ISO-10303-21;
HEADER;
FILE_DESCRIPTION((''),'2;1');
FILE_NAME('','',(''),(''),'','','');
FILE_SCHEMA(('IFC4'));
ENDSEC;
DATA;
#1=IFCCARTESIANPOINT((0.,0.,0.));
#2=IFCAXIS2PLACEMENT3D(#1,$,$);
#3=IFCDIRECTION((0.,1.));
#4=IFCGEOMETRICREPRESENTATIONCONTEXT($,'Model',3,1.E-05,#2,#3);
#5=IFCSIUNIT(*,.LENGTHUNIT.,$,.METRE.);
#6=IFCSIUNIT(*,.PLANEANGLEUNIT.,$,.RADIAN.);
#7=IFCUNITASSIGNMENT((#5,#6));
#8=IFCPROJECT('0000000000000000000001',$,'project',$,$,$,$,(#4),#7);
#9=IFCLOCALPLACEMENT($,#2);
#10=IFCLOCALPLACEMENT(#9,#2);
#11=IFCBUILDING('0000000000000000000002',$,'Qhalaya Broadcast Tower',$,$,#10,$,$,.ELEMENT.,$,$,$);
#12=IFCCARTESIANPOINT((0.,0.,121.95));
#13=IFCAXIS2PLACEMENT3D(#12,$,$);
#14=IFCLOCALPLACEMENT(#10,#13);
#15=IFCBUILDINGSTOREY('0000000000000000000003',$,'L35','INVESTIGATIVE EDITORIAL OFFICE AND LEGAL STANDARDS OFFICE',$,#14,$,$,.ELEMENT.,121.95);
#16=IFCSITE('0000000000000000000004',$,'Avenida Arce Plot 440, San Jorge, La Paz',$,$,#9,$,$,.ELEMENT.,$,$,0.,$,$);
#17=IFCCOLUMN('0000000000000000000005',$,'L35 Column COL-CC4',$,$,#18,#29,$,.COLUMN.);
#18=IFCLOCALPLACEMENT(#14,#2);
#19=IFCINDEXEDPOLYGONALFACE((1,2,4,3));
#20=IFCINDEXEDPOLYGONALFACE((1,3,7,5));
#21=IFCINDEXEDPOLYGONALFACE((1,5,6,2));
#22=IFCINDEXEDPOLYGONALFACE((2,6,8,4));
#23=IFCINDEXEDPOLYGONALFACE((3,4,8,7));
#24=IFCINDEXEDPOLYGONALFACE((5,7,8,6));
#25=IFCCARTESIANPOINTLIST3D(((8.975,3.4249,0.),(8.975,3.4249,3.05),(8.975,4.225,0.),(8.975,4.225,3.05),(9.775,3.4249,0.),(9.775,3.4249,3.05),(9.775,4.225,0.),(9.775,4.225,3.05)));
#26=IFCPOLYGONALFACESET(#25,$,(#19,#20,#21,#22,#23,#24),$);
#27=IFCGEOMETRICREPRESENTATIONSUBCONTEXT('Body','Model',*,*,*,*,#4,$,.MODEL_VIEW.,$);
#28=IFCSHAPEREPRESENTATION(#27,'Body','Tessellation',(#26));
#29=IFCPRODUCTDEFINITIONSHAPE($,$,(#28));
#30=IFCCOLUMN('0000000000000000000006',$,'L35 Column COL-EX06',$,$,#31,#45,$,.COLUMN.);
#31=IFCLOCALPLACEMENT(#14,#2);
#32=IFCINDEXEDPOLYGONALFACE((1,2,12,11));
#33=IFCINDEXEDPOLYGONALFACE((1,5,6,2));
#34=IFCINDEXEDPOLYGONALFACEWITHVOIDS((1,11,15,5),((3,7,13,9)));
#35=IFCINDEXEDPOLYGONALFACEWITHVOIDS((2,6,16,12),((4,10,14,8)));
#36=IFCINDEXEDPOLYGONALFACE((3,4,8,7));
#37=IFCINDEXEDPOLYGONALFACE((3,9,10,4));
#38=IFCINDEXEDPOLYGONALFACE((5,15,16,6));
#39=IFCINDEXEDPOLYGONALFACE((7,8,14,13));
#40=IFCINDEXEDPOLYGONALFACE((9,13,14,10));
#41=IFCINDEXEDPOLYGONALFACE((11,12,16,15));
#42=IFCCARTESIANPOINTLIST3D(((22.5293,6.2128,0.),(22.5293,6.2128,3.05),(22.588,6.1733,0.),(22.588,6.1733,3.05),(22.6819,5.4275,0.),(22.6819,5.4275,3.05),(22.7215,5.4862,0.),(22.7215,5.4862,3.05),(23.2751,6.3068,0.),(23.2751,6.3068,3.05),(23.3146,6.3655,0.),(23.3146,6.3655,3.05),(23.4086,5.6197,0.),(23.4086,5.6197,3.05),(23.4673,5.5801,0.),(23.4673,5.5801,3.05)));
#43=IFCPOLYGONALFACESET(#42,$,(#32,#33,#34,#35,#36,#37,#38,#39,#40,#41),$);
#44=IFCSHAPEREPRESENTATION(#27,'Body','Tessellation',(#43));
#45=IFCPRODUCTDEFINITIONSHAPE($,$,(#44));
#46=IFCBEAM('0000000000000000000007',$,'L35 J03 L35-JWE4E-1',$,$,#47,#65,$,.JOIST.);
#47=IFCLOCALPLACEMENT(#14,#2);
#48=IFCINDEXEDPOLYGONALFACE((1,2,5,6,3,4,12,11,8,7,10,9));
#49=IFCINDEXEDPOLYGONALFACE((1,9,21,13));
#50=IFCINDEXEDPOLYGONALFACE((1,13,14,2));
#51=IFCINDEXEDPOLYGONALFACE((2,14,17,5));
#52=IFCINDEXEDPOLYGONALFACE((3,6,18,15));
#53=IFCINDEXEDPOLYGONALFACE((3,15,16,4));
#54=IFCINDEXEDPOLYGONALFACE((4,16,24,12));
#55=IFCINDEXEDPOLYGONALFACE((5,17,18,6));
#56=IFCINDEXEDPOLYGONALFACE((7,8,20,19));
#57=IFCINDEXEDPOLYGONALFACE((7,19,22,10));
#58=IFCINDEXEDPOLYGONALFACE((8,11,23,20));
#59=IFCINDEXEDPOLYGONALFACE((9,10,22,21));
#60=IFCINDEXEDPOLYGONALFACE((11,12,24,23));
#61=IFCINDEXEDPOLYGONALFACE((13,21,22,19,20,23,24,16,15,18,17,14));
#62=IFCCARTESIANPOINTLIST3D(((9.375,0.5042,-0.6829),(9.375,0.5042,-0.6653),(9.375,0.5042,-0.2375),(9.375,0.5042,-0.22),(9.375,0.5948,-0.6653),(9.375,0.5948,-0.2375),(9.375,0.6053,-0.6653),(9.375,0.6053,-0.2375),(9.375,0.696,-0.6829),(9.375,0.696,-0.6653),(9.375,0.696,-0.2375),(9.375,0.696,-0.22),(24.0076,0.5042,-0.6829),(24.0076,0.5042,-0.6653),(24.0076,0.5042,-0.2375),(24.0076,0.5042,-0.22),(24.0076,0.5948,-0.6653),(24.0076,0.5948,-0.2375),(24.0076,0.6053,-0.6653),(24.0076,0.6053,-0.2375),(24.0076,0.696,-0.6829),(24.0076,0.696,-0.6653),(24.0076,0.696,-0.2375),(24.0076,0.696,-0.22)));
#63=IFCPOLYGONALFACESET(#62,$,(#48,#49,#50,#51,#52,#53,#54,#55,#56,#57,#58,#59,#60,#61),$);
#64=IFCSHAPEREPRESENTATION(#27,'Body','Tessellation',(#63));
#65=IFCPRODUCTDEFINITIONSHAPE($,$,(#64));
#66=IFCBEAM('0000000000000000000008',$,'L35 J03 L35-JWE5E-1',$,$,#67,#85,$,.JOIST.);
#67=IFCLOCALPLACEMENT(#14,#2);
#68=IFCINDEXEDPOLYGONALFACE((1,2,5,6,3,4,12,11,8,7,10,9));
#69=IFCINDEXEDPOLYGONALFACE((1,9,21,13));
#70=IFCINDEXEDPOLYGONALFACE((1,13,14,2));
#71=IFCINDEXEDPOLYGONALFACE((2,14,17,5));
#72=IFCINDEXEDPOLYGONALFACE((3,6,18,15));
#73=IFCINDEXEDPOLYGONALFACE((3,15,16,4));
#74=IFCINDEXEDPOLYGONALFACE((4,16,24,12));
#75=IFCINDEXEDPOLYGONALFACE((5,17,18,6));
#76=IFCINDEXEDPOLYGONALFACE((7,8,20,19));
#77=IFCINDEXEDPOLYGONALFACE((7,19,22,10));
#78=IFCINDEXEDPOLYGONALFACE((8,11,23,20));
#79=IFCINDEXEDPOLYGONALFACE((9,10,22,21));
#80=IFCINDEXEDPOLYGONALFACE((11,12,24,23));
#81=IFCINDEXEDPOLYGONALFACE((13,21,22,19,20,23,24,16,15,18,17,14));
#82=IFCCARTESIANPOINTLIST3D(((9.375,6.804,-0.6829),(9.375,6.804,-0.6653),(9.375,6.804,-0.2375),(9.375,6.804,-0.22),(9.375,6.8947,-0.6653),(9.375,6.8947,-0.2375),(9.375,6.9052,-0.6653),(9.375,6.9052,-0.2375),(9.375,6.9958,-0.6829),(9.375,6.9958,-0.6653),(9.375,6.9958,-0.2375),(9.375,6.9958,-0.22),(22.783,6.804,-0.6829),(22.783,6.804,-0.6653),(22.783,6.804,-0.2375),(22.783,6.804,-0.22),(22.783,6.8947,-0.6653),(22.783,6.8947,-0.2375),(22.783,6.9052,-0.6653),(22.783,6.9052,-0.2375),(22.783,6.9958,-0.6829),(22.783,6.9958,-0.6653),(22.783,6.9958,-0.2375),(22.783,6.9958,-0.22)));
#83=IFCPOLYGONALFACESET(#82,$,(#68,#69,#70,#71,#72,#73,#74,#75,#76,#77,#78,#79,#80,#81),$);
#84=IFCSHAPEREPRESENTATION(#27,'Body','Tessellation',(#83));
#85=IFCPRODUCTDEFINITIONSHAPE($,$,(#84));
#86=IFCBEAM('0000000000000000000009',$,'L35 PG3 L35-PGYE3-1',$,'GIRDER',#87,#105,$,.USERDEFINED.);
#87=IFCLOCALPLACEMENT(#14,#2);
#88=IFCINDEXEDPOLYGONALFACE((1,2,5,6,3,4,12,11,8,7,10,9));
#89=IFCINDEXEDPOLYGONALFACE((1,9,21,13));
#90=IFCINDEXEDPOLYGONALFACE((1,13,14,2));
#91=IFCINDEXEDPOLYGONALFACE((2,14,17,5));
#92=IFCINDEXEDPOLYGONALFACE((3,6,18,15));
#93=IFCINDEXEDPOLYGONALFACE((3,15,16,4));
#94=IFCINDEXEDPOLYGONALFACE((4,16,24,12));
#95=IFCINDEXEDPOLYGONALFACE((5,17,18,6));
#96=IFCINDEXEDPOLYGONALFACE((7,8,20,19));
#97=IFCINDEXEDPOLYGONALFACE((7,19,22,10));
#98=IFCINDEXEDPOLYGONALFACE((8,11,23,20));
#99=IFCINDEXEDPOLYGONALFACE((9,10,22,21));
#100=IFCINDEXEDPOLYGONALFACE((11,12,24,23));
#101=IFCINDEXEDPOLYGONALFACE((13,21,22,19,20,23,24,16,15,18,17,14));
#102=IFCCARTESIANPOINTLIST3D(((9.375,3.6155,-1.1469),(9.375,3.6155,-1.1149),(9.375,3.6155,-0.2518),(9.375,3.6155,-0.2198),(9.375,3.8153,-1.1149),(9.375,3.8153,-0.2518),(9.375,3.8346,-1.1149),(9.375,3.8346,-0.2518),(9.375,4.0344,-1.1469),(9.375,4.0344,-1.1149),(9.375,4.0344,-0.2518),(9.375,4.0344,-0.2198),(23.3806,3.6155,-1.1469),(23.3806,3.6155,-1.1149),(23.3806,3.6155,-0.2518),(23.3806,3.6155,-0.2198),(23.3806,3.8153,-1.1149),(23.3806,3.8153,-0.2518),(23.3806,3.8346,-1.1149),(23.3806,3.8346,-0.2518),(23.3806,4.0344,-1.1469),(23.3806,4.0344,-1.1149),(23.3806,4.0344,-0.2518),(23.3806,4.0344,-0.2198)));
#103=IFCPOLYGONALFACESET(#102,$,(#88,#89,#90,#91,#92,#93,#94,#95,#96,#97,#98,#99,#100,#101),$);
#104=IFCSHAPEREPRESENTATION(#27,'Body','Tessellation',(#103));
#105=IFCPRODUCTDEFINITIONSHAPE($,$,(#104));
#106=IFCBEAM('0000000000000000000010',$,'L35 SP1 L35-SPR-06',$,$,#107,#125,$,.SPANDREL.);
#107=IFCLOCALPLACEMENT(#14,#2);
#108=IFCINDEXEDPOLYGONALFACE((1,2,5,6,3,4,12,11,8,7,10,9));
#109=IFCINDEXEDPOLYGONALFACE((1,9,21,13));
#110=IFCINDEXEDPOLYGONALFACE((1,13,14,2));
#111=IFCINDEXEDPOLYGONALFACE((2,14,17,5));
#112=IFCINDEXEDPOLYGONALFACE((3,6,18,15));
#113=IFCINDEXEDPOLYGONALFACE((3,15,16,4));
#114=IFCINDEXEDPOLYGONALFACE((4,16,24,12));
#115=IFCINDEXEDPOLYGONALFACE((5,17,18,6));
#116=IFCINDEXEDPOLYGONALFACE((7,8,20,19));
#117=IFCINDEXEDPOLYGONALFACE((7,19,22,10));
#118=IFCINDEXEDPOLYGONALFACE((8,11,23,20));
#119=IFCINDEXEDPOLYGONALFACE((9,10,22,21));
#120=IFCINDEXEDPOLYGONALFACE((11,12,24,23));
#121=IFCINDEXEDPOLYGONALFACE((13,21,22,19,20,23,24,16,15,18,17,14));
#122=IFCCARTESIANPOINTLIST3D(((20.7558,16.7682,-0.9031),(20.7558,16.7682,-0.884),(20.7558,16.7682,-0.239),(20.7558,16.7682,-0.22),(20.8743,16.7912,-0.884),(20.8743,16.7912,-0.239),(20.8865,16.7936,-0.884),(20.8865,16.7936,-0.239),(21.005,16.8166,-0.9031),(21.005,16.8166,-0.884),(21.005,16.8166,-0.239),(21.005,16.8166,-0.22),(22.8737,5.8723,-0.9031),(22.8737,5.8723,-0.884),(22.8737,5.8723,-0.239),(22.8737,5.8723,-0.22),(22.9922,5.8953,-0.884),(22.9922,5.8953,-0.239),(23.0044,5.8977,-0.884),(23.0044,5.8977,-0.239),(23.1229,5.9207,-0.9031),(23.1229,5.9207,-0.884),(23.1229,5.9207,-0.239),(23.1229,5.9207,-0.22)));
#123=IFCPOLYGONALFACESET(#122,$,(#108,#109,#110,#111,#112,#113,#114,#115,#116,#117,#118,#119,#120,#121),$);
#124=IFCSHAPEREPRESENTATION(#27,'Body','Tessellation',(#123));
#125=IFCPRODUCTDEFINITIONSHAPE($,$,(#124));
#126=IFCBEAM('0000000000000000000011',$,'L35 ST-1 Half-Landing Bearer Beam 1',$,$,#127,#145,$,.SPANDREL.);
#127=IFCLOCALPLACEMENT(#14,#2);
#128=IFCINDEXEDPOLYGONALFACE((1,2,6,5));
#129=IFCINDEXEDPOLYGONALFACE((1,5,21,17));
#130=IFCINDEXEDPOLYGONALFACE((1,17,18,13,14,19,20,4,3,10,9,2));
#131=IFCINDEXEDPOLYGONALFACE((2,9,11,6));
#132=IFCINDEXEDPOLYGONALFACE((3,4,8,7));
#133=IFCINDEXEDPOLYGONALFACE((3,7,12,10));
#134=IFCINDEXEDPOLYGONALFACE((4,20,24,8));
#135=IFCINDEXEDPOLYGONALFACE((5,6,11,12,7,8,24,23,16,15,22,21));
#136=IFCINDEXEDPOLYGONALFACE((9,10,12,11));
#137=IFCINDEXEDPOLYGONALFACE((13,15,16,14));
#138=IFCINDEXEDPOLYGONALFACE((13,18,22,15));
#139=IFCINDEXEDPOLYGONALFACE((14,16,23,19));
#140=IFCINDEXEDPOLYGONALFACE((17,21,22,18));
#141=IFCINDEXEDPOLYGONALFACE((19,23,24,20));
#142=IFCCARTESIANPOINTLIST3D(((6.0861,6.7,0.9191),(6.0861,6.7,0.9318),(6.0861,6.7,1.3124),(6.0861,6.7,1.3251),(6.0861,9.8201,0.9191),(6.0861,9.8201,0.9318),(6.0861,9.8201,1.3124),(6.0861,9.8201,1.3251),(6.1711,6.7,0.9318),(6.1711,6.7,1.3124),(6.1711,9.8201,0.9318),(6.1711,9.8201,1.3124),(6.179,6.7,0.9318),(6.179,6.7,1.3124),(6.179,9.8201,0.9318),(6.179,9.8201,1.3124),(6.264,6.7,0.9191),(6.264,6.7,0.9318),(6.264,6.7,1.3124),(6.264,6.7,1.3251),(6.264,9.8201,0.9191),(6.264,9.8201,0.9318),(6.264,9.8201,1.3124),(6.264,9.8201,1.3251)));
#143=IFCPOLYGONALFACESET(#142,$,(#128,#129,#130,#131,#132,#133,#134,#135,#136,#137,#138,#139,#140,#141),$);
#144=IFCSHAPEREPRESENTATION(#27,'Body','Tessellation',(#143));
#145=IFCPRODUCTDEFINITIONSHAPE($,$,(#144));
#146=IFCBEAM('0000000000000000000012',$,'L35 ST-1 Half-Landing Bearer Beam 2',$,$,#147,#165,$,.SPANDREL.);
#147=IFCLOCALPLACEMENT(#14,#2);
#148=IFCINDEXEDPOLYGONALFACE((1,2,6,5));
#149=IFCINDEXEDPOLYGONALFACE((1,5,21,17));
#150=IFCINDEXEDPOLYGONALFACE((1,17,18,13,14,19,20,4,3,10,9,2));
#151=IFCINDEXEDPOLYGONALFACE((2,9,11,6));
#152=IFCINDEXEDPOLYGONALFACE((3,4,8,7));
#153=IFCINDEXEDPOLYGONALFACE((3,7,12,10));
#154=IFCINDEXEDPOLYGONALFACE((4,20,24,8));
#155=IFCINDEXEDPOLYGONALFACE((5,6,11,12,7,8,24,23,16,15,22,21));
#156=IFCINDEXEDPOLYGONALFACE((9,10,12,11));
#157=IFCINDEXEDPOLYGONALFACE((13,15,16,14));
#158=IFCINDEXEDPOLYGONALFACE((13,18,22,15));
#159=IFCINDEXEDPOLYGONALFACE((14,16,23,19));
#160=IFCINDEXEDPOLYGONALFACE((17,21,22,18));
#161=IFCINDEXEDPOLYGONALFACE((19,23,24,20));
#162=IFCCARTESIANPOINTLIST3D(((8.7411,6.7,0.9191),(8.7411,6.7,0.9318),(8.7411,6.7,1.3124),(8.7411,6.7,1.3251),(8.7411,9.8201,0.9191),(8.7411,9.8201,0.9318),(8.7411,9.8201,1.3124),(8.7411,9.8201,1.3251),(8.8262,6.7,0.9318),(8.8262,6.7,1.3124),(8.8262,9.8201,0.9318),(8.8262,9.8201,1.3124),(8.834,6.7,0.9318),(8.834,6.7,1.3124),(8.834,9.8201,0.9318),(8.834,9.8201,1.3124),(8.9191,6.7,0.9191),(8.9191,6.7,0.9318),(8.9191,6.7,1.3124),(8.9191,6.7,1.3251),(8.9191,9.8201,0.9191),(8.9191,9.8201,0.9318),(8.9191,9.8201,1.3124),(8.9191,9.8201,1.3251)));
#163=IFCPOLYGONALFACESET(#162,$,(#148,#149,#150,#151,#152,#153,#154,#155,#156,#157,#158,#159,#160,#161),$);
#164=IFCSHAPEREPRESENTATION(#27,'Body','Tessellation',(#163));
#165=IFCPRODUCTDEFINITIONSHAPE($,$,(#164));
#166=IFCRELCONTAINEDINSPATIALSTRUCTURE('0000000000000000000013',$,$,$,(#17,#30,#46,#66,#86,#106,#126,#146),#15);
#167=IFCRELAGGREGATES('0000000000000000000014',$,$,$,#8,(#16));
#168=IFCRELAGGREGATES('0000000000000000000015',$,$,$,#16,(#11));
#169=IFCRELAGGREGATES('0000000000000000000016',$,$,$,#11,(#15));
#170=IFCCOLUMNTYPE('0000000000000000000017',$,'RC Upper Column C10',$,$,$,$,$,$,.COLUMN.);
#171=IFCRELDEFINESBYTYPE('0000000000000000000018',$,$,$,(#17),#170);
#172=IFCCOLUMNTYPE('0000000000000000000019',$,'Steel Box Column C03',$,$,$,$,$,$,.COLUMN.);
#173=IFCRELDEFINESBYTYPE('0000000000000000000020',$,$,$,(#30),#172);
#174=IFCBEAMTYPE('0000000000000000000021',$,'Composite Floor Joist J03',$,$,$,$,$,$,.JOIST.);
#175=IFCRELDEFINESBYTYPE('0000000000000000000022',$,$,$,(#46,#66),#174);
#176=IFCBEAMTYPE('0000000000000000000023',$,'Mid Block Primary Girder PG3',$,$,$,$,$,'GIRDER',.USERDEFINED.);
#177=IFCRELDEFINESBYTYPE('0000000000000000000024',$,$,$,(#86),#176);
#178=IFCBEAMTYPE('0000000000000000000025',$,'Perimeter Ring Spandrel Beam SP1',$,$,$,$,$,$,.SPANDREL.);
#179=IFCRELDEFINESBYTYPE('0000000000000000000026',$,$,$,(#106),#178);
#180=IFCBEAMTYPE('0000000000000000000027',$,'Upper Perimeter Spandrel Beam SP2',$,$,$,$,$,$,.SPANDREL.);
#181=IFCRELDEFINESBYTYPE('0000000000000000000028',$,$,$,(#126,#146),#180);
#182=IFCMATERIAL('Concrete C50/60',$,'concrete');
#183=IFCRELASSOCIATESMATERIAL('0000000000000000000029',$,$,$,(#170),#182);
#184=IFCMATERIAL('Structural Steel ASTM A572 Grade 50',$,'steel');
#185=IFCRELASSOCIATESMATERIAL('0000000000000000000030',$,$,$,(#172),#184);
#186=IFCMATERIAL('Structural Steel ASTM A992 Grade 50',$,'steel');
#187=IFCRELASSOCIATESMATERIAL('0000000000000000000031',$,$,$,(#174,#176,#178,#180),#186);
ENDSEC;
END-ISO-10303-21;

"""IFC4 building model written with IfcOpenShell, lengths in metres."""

from ifc_helpers import new_model, si_unit, direction, frame, origin, origin_2d, place, context, subcontext, project, spatial, rectangle, hollow_rectangle, i_section, extrude, material, material_profile, profile_set, type_object, element, save


model = new_model("IFC4")

# Units and contexts
model_context = context("Model", 3, precision=1e-05, world=origin(), true_north=direction((0.0, 1.0)))
body_context = subcontext(model_context, "Body", "Model", "MODEL_VIEW")
ifc_project = project(units=[si_unit("LENGTHUNIT", "METRE"), si_unit("PLANEANGLEUNIT", "RADIAN")], contexts=[model_context])

# Site, building, storey
site_placement = place(None, origin())
site = spatial("IfcSite", under=ifc_project, at=site_placement, Name="Avenida Arce Plot 440, San Jorge, La Paz", CompositionType="ELEMENT", RefElevation=0.0)
building_placement = place(site_placement, origin())
building = spatial("IfcBuilding", under=site, at=building_placement, Name="Qhalaya Broadcast Tower", CompositionType="ELEMENT")
storey_placement = place(building_placement, frame((0.0, 0.0, 121.95)))
storey = spatial("IfcBuildingStorey", under=building, at=storey_placement, Name="L35", Description="INVESTIGATIVE EDITORIAL OFFICE AND LEGAL STANDARDS OFFICE", CompositionType="ELEMENT", Elevation=121.95)

# Columns
ifc_material_1 = material(Name="Concrete C50/60", Category="concrete")
ifc_material_profile_1 = material_profile(ifc_material_1, rectangle(XDim=0.8, YDim=0.8, at=origin_2d()), Name="RC-COL 800x800")
ifc_profile_set_1 = profile_set([ifc_material_profile_1], Name="Concrete C50/60")
column_type_1 = type_object("IfcColumnType", Name="RC Upper Column C10", PredefinedType="COLUMN", material=ifc_profile_set_1)
column_1_placement = place(storey_placement, frame((9.375, 3.825, 0.0), z_axis=(0.0, 0.0, 1.0), x_axis=(1.0, 0.0, 0.0)))
element("IfcColumn", 1, at=column_1_placement, inside=storey, type_object=column_type_1, Name="L35 Column COL-CC4", PredefinedType="COLUMN", context=body_context, shape_type="SweptSolid", body=[
    extrude(rectangle(XDim=0.8, YDim=0.8, at=origin_2d()), origin(), (0.0, 0.0, 1.0), 3.05),
])
ifc_material_2 = material(Name="Structural Steel ASTM A572 Grade 50", Category="steel")
ifc_material_profile_2 = material_profile(ifc_material_2, hollow_rectangle(XDim=0.8, YDim=0.8, WallThickness=0.05, at=origin_2d()), Name="BOX 800x800x50")
ifc_profile_set_2 = profile_set([ifc_material_profile_2], Name="Structural Steel ASTM A572 Grade 50")
column_type_2 = type_object("IfcColumnType", Name="Steel Box Column C03", PredefinedType="COLUMN", material=ifc_profile_set_2)
column_2_placement = place(storey_placement, frame((22.9983, 5.8965, 0.0), z_axis=(0.0, 0.0, 1.0), x_axis=(-0.190809, 0.981627, 0.0)))
element("IfcColumn", 2, at=column_2_placement, inside=storey, type_object=column_type_2, Name="L35 Column COL-EX06", PredefinedType="COLUMN", context=body_context, shape_type="SweptSolid", body=[
    extrude(hollow_rectangle(XDim=0.8, YDim=0.8, WallThickness=0.05, at=origin_2d()), origin(), (0.0, 0.0, 1.0), 3.05),
])

# Beams
ifc_material_3 = material(Name="Structural Steel ASTM A992 Grade 50", Category="steel")
ifc_material_profile_3 = material_profile(ifc_material_3, i_section(OverallWidth=0.1919, OverallDepth=0.4629, WebThickness=0.0105, FlangeThickness=0.0176, at=origin_2d()), Name="W18X60")
ifc_profile_set_3 = profile_set([ifc_material_profile_3], Name="Structural Steel ASTM A992 Grade 50")
beam_type_1 = type_object("IfcBeamType", Name="Composite Floor Joist J03", PredefinedType="JOIST", material=ifc_profile_set_3)
beam_1_placement = place(storey_placement, frame((9.375, 0.6001, -0.4514), z_axis=(1.0, 0.0, 0.0), x_axis=(0.0, 1.0, 0.0)))
element("IfcBeam", 3, at=beam_1_placement, inside=storey, type_object=beam_type_1, Name="L35 J03 L35-JWE4E-1", PredefinedType="JOIST", context=body_context, shape_type="SweptSolid", body=[
    extrude(i_section(OverallWidth=0.1919, OverallDepth=0.4629, WebThickness=0.0105, FlangeThickness=0.0176, at=origin_2d()), origin(), (0.0, 0.0, 1.0), 14.6326),
])
beam_2_placement = place(storey_placement, frame((9.375, 6.8999, -0.4514), z_axis=(1.0, 0.0, 0.0), x_axis=(0.0, 1.0, 0.0)))
element("IfcBeam", 4, at=beam_2_placement, inside=storey, type_object=beam_type_1, Name="L35 J03 L35-JWE5E-1", PredefinedType="JOIST", context=body_context, shape_type="SweptSolid", body=[
    extrude(i_section(OverallWidth=0.1919, OverallDepth=0.4629, WebThickness=0.0105, FlangeThickness=0.0176, at=origin_2d()), origin(), (0.0, 0.0, 1.0), 13.408),
])
ifc_material_profile_4 = material_profile(ifc_material_3, i_section(OverallWidth=0.4189, OverallDepth=0.927, WebThickness=0.0193, FlangeThickness=0.032, at=origin_2d()), Name="W36X231")
ifc_profile_set_4 = profile_set([ifc_material_profile_4], Name="Structural Steel ASTM A992 Grade 50")
beam_type_2 = type_object("IfcBeamType", Name="Mid Block Primary Girder PG3", ElementType="GIRDER", PredefinedType="USERDEFINED", material=ifc_profile_set_4)
beam_3_placement = place(storey_placement, frame((9.375, 3.825, -0.6833), z_axis=(1.0, 0.0, 0.0), x_axis=(0.0, 1.0, 0.0)))
element("IfcBeam", 5, at=beam_3_placement, inside=storey, type_object=beam_type_2, Name="L35 PG3 L35-PGYE3-1", ObjectType="GIRDER", PredefinedType="USERDEFINED", context=body_context, shape_type="SweptSolid", body=[
    extrude(i_section(OverallWidth=0.4189, OverallDepth=0.927, WebThickness=0.0193, FlangeThickness=0.032, at=origin_2d()), origin(), (0.0, 0.0, 1.0), 14.0056),
])
ifc_material_profile_5 = material_profile(ifc_material_3, i_section(OverallWidth=0.2539, OverallDepth=0.6831, WebThickness=0.0125, FlangeThickness=0.019, at=origin_2d()), Name="W27X94")
ifc_profile_set_5 = profile_set([ifc_material_profile_5], Name="Structural Steel ASTM A992 Grade 50")
beam_type_3 = type_object("IfcBeamType", Name="Perimeter Ring Spandrel Beam SP1", PredefinedType="SPANDREL", material=ifc_profile_set_5)
beam_4_placement = place(storey_placement, frame((22.9983, 5.8965, -0.5615), z_axis=(-0.190805, 0.981628, 0.0), x_axis=(-0.981628, -0.190805, 0.0)))
element("IfcBeam", 6, at=beam_4_placement, inside=storey, type_object=beam_type_3, Name="L35 SP1 L35-SPR-06", PredefinedType="SPANDREL", context=body_context, shape_type="SweptSolid", body=[
    extrude(i_section(OverallWidth=0.2539, OverallDepth=0.6831, WebThickness=0.0125, FlangeThickness=0.019, at=origin_2d()), origin(), (0.0, 0.0, 1.0), 11.0999),
])
ifc_material_profile_6 = material_profile(ifc_material_3, i_section(OverallWidth=0.178, OverallDepth=0.406, WebThickness=0.0078, FlangeThickness=0.0127, at=origin_2d()), Name="W16X40")
ifc_profile_set_6 = profile_set([ifc_material_profile_6], Name="Structural Steel ASTM A992 Grade 50")
beam_type_4 = type_object("IfcBeamType", Name="Upper Perimeter Spandrel Beam SP2", PredefinedType="SPANDREL", material=ifc_profile_set_6)
for number, where, z_axis, x_axis, name in (
    (7, (6.175, 6.7, 1.1221), (0.0, 1.0, 0.0), (-1.0, 0.0, 0.0), "L35 ST-1 Half-Landing Bearer Beam 1"),
    (8, (8.8301, 6.7, 1.1221), (0.0, 1.0, 0.0), (-1.0, 0.0, 0.0), "L35 ST-1 Half-Landing Bearer Beam 2"),
):
    element("IfcBeam", number, at=place(storey_placement, frame(where, z_axis=z_axis, x_axis=x_axis)), inside=storey, type_object=beam_type_4, Name=name, PredefinedType="SPANDREL", context=body_context, shape_type="SweptSolid", body=[
        extrude(i_section(OverallWidth=0.178, OverallDepth=0.406, WebThickness=0.0078, FlangeThickness=0.0127, at=origin_2d()), origin(), (0.0, 0.0, 1.0), 3.1201),
    ])

save(model, "model.ifc")
